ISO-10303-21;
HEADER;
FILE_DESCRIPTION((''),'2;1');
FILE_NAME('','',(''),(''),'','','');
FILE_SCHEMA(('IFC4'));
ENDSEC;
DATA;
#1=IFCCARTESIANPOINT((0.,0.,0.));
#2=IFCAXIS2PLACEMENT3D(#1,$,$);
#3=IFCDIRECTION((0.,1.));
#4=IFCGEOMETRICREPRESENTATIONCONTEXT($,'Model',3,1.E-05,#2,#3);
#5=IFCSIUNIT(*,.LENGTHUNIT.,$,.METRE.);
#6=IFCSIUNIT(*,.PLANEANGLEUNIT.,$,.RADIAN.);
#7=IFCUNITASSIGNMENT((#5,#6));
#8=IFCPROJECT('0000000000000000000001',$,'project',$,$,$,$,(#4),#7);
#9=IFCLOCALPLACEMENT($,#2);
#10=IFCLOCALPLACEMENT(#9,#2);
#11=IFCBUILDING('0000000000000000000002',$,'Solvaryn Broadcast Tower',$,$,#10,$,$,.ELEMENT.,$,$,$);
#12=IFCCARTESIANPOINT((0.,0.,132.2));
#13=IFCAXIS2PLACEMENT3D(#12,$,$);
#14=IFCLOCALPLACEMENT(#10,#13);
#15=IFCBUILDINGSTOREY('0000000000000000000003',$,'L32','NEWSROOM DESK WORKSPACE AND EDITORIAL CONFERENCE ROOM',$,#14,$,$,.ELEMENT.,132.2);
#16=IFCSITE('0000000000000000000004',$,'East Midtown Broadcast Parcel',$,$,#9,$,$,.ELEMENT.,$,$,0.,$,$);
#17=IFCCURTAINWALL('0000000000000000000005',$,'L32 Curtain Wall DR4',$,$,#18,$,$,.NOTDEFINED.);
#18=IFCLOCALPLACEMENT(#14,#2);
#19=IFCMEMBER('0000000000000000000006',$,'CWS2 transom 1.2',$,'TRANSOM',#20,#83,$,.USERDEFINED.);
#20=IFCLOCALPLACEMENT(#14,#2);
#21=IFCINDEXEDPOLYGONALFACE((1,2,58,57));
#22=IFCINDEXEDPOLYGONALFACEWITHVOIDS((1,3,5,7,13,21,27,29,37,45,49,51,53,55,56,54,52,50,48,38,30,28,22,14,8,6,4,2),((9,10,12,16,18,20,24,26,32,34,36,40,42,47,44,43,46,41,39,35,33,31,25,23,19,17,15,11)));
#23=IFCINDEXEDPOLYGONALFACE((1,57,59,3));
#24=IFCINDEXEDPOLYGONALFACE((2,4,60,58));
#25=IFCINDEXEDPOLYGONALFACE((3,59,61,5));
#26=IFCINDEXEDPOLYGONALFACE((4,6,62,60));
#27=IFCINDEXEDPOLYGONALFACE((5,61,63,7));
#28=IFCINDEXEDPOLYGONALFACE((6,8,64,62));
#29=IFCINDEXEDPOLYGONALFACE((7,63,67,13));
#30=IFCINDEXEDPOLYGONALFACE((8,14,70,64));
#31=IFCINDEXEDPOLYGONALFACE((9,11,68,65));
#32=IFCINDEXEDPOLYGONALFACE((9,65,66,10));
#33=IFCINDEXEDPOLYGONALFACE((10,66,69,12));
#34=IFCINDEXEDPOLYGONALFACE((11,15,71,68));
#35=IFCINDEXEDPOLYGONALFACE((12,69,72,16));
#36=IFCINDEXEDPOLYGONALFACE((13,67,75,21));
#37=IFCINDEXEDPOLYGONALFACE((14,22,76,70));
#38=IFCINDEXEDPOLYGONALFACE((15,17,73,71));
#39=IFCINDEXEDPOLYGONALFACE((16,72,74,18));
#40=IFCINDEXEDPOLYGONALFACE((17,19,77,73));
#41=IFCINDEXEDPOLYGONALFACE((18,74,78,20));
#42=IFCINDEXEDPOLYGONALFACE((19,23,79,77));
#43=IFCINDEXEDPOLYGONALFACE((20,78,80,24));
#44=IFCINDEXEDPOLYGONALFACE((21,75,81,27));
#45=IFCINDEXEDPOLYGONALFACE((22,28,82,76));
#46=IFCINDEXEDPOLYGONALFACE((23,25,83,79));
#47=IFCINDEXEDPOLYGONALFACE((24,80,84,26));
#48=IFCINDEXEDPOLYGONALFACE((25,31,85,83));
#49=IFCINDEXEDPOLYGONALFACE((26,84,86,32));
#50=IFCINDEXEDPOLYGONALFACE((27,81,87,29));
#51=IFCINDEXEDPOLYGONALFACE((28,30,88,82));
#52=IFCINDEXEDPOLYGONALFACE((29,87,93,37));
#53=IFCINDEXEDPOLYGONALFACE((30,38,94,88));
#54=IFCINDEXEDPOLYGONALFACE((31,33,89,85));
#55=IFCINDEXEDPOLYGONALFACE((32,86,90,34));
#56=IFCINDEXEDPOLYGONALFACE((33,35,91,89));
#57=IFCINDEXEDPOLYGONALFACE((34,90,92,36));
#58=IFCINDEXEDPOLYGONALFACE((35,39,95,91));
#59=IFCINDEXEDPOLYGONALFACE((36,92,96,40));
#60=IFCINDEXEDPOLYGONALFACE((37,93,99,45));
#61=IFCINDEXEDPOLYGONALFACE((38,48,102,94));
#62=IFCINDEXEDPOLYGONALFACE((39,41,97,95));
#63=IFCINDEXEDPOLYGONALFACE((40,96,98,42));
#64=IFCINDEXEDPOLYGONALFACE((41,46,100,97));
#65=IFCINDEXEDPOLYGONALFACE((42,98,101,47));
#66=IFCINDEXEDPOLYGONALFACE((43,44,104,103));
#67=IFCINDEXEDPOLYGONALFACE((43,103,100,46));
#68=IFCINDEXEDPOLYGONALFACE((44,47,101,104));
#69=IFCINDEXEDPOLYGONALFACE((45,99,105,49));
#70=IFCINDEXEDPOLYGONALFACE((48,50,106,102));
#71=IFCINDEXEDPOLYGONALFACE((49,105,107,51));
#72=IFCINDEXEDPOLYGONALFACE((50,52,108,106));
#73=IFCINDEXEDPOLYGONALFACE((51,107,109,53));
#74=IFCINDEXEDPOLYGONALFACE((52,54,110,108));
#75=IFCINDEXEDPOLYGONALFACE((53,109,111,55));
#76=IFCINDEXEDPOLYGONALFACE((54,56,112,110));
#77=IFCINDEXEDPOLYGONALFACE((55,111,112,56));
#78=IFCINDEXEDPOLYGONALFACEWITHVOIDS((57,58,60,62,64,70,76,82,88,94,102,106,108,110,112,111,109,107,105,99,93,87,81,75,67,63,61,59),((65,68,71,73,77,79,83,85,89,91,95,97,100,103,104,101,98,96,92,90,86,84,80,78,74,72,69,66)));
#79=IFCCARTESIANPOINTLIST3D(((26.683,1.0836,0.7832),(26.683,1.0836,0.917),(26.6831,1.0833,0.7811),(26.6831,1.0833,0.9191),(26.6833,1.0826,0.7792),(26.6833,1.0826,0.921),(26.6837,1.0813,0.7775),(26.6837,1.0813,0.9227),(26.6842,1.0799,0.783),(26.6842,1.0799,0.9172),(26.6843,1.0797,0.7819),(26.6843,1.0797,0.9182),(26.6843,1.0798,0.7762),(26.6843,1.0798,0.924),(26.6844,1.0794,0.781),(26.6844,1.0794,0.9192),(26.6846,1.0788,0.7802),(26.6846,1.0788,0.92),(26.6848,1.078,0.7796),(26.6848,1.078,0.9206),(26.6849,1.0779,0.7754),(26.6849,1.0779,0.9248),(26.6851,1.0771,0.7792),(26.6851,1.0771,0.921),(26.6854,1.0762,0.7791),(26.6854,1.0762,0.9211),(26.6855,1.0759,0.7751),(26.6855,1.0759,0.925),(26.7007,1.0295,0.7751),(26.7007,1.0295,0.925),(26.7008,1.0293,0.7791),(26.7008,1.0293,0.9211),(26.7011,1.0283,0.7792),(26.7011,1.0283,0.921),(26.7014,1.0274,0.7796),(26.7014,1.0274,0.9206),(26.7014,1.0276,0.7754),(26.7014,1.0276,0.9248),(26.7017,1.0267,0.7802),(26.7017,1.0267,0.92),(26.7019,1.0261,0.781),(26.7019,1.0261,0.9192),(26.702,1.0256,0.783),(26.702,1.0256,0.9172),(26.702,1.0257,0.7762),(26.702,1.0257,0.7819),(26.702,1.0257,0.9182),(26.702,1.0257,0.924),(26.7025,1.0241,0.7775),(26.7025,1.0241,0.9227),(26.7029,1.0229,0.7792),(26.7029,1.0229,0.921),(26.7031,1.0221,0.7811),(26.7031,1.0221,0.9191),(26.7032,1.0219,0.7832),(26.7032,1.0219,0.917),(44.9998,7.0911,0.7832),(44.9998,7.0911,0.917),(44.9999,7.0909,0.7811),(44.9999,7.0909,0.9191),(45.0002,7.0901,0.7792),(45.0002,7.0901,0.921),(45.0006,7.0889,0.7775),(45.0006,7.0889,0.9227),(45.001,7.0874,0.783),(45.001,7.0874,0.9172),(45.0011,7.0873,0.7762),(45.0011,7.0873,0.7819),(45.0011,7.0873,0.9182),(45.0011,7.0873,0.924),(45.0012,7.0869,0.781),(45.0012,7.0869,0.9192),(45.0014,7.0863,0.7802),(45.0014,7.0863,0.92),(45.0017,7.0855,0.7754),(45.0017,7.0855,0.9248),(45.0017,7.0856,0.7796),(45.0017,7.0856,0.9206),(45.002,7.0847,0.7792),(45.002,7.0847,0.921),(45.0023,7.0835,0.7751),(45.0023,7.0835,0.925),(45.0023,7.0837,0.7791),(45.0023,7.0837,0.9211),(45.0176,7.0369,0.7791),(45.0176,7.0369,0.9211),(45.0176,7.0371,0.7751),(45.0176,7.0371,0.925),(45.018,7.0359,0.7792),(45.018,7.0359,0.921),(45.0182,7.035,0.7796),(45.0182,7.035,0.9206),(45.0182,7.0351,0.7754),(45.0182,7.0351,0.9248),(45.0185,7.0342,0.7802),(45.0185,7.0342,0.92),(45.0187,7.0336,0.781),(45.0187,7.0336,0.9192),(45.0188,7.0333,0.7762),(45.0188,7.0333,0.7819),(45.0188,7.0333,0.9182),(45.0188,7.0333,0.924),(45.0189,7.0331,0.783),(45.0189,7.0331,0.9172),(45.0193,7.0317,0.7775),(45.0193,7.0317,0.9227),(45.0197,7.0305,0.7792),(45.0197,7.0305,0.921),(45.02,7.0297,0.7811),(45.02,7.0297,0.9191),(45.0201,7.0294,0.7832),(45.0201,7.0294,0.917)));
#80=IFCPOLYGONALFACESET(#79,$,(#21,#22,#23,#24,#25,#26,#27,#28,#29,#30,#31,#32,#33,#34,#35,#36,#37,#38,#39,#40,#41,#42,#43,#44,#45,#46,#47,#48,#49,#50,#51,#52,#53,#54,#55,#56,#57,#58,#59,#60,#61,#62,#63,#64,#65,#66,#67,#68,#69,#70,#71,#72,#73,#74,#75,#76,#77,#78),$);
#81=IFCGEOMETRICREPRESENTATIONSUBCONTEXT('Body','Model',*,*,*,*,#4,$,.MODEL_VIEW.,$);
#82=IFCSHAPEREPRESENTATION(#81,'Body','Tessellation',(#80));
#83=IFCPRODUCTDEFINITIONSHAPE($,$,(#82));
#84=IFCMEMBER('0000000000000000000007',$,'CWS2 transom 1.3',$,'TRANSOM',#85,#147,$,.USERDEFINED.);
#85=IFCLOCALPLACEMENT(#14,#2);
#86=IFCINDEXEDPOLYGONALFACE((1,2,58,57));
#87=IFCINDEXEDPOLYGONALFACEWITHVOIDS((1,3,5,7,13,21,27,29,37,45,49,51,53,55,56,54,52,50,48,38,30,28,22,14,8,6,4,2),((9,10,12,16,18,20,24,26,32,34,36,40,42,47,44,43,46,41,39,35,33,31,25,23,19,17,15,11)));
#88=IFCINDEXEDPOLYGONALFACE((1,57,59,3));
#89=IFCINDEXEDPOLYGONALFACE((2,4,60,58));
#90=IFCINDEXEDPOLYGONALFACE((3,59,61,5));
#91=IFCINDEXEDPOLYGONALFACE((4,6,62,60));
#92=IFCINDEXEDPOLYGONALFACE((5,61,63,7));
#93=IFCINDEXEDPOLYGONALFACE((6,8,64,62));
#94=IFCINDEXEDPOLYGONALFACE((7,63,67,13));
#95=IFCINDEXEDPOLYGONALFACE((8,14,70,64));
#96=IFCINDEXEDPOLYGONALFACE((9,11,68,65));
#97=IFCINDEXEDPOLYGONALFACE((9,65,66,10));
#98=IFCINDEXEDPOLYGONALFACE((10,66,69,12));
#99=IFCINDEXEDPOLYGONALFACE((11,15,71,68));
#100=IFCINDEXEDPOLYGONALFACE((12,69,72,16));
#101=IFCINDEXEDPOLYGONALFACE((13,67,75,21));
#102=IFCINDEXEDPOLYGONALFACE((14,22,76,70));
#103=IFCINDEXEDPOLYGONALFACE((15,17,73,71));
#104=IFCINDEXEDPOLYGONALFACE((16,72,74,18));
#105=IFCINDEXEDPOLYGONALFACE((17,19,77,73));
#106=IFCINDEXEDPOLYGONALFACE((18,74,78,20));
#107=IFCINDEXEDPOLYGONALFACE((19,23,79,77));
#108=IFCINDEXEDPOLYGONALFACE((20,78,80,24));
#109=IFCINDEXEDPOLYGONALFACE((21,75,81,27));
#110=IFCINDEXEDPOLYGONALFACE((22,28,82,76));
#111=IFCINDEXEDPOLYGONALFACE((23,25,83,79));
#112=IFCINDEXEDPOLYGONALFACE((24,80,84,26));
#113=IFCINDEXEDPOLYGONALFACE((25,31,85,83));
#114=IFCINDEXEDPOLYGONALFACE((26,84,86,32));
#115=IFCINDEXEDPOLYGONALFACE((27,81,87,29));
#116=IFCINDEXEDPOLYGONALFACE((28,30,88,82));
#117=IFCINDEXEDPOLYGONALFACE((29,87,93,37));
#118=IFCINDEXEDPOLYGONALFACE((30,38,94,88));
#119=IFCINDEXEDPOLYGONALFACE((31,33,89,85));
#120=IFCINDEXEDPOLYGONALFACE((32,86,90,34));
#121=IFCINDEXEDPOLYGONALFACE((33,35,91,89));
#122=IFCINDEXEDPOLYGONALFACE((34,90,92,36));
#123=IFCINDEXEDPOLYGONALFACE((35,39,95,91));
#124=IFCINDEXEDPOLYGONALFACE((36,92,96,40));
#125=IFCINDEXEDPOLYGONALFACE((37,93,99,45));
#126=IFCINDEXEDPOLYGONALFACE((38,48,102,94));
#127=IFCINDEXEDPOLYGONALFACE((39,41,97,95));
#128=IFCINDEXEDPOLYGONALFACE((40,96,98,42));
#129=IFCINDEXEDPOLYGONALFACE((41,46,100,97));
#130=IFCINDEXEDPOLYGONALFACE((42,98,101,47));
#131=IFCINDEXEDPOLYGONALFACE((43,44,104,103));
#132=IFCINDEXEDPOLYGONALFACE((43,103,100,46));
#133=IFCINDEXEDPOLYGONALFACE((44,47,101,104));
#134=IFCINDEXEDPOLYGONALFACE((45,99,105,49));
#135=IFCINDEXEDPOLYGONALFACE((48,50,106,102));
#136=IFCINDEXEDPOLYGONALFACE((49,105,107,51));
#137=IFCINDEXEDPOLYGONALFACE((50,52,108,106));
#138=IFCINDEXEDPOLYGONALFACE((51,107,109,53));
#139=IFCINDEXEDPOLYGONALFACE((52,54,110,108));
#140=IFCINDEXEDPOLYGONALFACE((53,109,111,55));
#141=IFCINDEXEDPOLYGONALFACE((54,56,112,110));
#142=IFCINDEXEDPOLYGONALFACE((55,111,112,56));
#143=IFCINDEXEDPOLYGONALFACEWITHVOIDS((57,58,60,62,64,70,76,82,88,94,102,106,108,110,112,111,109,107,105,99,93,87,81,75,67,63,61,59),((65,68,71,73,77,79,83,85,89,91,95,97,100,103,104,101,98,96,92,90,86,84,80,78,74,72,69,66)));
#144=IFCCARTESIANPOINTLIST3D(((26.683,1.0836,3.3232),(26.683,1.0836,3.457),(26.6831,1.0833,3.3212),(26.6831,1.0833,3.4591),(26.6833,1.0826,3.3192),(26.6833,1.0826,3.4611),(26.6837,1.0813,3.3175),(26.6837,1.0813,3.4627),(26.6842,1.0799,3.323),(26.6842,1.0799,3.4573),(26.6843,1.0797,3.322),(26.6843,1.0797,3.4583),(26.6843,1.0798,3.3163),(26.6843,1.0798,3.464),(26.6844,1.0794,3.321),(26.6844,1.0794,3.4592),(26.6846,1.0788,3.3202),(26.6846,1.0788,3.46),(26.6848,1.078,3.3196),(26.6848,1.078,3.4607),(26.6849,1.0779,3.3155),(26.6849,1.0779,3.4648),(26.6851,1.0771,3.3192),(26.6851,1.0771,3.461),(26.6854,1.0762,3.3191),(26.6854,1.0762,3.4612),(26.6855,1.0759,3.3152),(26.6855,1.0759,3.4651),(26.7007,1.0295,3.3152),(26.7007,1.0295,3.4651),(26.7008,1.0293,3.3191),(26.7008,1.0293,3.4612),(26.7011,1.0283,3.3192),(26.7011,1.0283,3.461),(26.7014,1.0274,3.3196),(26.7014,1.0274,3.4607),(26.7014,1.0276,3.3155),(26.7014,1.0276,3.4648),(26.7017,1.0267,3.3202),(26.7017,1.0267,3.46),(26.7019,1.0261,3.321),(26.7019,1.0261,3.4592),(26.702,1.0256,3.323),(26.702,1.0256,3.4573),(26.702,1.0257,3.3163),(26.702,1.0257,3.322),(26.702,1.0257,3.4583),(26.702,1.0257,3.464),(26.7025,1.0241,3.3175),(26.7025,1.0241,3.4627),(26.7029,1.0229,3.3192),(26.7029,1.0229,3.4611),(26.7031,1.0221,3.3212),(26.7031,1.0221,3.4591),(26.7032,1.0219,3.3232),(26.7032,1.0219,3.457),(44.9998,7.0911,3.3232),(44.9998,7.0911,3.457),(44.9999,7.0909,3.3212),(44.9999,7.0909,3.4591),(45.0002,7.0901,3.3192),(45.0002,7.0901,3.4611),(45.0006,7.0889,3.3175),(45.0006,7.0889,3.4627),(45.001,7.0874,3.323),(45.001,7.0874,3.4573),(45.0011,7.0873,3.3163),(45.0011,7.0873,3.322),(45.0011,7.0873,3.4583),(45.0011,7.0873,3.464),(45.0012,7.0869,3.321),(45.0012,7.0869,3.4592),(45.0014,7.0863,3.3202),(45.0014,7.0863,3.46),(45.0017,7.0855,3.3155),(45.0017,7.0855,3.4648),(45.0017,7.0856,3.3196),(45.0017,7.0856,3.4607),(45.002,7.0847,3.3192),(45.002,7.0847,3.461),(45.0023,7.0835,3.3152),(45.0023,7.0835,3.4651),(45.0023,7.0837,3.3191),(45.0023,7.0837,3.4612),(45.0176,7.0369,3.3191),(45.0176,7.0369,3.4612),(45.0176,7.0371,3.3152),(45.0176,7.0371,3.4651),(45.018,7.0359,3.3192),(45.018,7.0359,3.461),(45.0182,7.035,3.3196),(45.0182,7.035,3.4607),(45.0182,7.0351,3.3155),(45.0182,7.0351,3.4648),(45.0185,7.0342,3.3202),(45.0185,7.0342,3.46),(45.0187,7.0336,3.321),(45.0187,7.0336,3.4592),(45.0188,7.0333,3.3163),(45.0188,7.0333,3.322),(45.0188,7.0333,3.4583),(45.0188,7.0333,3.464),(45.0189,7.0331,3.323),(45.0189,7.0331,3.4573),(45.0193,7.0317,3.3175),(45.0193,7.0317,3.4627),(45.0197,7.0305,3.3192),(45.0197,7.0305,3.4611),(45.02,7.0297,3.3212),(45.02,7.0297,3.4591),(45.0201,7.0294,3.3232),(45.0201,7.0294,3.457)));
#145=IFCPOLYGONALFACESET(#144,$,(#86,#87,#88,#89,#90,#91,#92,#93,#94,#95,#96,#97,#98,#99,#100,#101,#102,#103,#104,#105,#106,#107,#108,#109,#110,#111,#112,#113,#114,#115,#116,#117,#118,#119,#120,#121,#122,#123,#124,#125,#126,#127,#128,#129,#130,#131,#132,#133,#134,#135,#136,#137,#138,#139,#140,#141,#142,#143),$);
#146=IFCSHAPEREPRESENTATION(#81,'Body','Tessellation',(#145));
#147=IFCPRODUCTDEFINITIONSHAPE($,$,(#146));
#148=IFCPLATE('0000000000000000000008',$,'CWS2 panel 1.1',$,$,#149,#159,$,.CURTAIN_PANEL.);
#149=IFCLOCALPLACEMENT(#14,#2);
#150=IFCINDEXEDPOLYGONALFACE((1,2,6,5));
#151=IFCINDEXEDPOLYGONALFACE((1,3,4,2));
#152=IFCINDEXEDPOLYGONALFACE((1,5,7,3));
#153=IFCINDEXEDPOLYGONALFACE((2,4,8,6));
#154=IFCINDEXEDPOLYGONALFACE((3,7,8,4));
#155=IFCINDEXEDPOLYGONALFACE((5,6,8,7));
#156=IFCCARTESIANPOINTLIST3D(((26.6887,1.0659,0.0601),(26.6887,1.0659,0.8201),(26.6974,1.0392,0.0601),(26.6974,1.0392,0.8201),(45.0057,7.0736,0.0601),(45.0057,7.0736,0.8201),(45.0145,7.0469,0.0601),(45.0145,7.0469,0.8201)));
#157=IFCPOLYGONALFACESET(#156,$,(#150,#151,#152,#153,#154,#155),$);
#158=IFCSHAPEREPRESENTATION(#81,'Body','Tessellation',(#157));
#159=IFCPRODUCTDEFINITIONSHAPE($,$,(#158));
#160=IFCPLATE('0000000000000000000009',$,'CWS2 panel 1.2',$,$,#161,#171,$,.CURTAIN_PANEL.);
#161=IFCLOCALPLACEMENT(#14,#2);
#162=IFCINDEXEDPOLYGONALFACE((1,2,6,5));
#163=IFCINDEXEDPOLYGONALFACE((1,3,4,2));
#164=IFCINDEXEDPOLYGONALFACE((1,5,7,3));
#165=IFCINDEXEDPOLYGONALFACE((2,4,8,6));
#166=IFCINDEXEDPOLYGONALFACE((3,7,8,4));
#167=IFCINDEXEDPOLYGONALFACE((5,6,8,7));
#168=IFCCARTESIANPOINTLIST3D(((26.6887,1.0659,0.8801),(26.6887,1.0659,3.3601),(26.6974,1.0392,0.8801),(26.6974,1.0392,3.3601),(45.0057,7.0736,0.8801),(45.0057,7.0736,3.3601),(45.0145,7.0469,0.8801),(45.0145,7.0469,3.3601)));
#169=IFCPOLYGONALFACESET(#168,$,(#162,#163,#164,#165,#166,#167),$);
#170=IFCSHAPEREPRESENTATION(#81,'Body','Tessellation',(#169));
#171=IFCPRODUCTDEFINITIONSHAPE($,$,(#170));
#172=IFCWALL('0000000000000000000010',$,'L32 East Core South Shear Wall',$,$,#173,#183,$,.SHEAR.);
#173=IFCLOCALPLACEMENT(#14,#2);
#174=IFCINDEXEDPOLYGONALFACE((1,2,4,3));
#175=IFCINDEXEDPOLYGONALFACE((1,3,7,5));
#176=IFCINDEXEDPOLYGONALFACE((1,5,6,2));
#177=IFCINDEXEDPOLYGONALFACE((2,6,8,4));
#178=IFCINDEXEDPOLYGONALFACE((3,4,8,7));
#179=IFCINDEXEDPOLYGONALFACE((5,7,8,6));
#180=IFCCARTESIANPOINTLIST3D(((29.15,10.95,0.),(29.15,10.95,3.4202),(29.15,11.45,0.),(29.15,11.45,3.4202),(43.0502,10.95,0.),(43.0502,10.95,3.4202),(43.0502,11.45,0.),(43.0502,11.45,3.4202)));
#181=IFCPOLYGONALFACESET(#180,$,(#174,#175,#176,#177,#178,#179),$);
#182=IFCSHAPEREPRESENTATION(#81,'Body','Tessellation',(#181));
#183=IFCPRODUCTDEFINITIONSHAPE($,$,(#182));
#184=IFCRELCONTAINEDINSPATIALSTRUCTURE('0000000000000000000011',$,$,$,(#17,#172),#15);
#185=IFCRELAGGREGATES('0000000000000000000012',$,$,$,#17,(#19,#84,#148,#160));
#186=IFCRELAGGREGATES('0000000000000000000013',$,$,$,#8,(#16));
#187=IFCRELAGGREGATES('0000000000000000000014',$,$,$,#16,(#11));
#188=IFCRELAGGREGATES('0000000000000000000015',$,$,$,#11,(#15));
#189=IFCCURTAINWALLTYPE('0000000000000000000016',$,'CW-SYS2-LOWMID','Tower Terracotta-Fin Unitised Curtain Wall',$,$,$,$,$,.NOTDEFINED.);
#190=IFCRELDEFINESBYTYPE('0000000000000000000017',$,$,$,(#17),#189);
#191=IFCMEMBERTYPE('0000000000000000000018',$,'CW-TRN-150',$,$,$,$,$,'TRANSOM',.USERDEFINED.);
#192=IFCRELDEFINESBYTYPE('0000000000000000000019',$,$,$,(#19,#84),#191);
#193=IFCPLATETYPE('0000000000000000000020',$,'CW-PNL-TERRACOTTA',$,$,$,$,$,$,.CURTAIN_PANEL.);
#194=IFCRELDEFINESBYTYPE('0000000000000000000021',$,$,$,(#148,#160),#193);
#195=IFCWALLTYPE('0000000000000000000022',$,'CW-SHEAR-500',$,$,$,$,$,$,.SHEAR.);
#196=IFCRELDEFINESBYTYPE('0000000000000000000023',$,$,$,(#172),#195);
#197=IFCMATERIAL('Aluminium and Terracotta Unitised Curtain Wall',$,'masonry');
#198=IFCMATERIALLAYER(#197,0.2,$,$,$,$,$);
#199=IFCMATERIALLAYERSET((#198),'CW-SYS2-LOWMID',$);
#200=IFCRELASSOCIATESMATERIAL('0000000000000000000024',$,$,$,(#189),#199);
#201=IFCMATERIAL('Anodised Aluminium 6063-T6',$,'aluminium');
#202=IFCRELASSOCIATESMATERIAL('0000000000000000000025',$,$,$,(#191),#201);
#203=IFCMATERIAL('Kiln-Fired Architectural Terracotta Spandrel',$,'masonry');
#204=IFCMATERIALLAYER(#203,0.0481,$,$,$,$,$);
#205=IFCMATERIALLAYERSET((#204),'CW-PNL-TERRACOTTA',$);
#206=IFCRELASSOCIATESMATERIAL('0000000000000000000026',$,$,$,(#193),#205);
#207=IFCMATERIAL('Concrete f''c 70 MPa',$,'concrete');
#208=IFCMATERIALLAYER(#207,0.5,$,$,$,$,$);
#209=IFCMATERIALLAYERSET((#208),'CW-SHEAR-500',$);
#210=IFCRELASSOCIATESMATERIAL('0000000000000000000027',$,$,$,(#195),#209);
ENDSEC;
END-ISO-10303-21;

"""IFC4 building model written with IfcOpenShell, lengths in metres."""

from ifc_helpers import new_model, si_unit, direction, frame, frame_2d, origin, origin_2d, place, context, subcontext, project, spatial, rectangle, hollow_rectangle, extrude, material, layer, layer_set, material_profile, profile_set, type_object, element, aggregate, save


model = new_model("IFC4")

# Units and contexts
model_context = context("Model", 3, precision=1e-05, world=origin(), true_north=direction((0.0, 1.0)))
body_context = subcontext(model_context, "Body", "Model", "MODEL_VIEW")
ifc_project = project(units=[si_unit("LENGTHUNIT", "METRE"), si_unit("PLANEANGLEUNIT", "RADIAN")], contexts=[model_context])

# Site, building, storey
site_placement = place(None, origin())
site = spatial("IfcSite", under=ifc_project, at=site_placement, Name="East Midtown Broadcast Parcel", CompositionType="ELEMENT", RefElevation=0.0)
building_placement = place(site_placement, origin())
building = spatial("IfcBuilding", under=site, at=building_placement, Name="Solvaryn Broadcast Tower", CompositionType="ELEMENT")
storey_placement = place(building_placement, frame((0.0, 0.0, 132.2)))
storey = spatial("IfcBuildingStorey", under=building, at=storey_placement, Name="L32", Description="NEWSROOM DESK WORKSPACE AND EDITORIAL CONFERENCE ROOM", CompositionType="ELEMENT", Elevation=132.2)

# Shared definitions
ifc_material_1 = material(Name="Aluminium and Terracotta Unitised Curtain Wall", Category="masonry")
ifc_layer_1 = layer(ifc_material_1, 0.2)
ifc_layer_set_1 = layer_set([ifc_layer_1], Name="CW-SYS2-LOWMID")
curtain_wall_type = type_object("IfcCurtainWallType", Name="CW-SYS2-LOWMID", Description="Tower Terracotta-Fin Unitised Curtain Wall", PredefinedType="NOTDEFINED", material=ifc_layer_set_1)

# Curtain wall, members, plates
curtain_wall_1_placement = place(storey_placement, origin())
curtain_wall_1 = element("IfcCurtainWall", 1, at=curtain_wall_1_placement, inside=storey, type_object=curtain_wall_type, Name="L32 Curtain Wall DR4", PredefinedType="NOTDEFINED")
ifc_material_2 = material(Name="Anodised Aluminium 6063-T6", Category="aluminium")
ifc_material_profile_1 = material_profile(ifc_material_2, hollow_rectangle(XDim=0.0649, YDim=0.1499, WallThickness=0.0039, InnerFilletRadius=0.0039, OuterFilletRadius=0.0081, at=origin_2d()))
ifc_profile_set_1 = profile_set([ifc_material_profile_1], Name="Anodised Aluminium 6063-T6")
member_type_1 = type_object("IfcMemberType", Name="CW-TRN-150", ElementType="TRANSOM", PredefinedType="USERDEFINED", material=ifc_profile_set_1)
member_1_placement = place(storey_placement, frame((26.6931, 1.0527, 0.8501), z_axis=(0.950198, 0.311646, 0.0), x_axis=(-0.311646, 0.950198, 0.0)))
member_1 = element("IfcMember", 2, at=member_1_placement, type_object=member_type_1, Name="CWS2 transom 1.2", ObjectType="TRANSOM", PredefinedType="USERDEFINED", context=body_context, shape_type="SweptSolid", body=[
    extrude(hollow_rectangle(XDim=0.0649, YDim=0.1499, WallThickness=0.0039, InnerFilletRadius=0.0039, OuterFilletRadius=0.0081, at=origin_2d()), origin(), (0.0, 0.0, 1.0), 19.2769),
])
member_2_placement = place(storey_placement, frame((26.6931, 1.0527, 3.3901), z_axis=(0.950198, 0.311646, 0.0), x_axis=(-0.311646, 0.950198, 0.0)))
member_2 = element("IfcMember", 3, at=member_2_placement, type_object=member_type_1, Name="CWS2 transom 1.3", ObjectType="TRANSOM", PredefinedType="USERDEFINED", context=body_context, shape_type="SweptSolid", body=[
    extrude(hollow_rectangle(XDim=0.0649, YDim=0.1499, WallThickness=0.0039, InnerFilletRadius=0.0039, OuterFilletRadius=0.0081, at=origin_2d()), origin(), (0.0, 0.0, 1.0), 19.2769),
])
ifc_material_3 = material(Name="Kiln-Fired Architectural Terracotta Spandrel", Category="masonry")
ifc_layer_2 = layer(ifc_material_3, 0.0481)
ifc_layer_set_2 = layer_set([ifc_layer_2], Name="CW-PNL-TERRACOTTA")
plate_type = type_object("IfcPlateType", Name="CW-PNL-TERRACOTTA", PredefinedType="CURTAIN_PANEL", material=ifc_layer_set_2)
plate_1_placement = place(storey_placement, frame((35.8516, 4.0564, 0.0601), z_axis=(0.0, 0.0, 1.0), x_axis=(0.950198, 0.311646, 0.0)))
plate_1 = element("IfcPlate", 4, at=plate_1_placement, type_object=plate_type, Name="CWS2 panel 1.1", PredefinedType="CURTAIN_PANEL", context=body_context, shape_type="SweptSolid", body=[
    extrude(rectangle(XDim=19.2771, YDim=0.0281, at=origin_2d()), origin(), (0.0, 0.0, 1.0), 0.76),
])
plate_2_placement = place(storey_placement, frame((35.8516, 4.0564, 0.8801), z_axis=(0.0, 0.0, 1.0), x_axis=(0.950198, 0.311646, 0.0)))
plate_2 = element("IfcPlate", 5, at=plate_2_placement, type_object=plate_type, Name="CWS2 panel 1.2", PredefinedType="CURTAIN_PANEL", context=body_context, shape_type="SweptSolid", body=[
    extrude(rectangle(XDim=19.2771, YDim=0.0281, at=origin_2d()), origin(), (0.0, 0.0, 1.0), 2.48),
])
aggregate(curtain_wall_1, [member_1, member_2, plate_1, plate_2])

# Wall
ifc_material_4 = material(Name="Concrete f'c 70 MPa", Category="concrete")
ifc_layer_3 = layer(ifc_material_4, 0.5)
ifc_layer_set_3 = layer_set([ifc_layer_3], Name="CW-SHEAR-500")
wall_type_1 = type_object("IfcWallType", Name="CW-SHEAR-500", PredefinedType="SHEAR", material=ifc_layer_set_3)
wall_1_placement = place(storey_placement, frame((29.1499, 11.2, 0.0), z_axis=(0.0, 0.0, 1.0), x_axis=(1.0, 0.0, 0.0)))
element("IfcWall", 6, at=wall_1_placement, inside=storey, type_object=wall_type_1, Name="L32 East Core South Shear Wall", PredefinedType="SHEAR", context=body_context, shape_type="SweptSolid", body=[
    extrude(rectangle(XDim=13.9001, YDim=0.5, at=frame_2d((6.9502, 0.0))), origin(), (0.0, 0.0, 1.0), 3.4202),
])

save(model, "model.ifc")
